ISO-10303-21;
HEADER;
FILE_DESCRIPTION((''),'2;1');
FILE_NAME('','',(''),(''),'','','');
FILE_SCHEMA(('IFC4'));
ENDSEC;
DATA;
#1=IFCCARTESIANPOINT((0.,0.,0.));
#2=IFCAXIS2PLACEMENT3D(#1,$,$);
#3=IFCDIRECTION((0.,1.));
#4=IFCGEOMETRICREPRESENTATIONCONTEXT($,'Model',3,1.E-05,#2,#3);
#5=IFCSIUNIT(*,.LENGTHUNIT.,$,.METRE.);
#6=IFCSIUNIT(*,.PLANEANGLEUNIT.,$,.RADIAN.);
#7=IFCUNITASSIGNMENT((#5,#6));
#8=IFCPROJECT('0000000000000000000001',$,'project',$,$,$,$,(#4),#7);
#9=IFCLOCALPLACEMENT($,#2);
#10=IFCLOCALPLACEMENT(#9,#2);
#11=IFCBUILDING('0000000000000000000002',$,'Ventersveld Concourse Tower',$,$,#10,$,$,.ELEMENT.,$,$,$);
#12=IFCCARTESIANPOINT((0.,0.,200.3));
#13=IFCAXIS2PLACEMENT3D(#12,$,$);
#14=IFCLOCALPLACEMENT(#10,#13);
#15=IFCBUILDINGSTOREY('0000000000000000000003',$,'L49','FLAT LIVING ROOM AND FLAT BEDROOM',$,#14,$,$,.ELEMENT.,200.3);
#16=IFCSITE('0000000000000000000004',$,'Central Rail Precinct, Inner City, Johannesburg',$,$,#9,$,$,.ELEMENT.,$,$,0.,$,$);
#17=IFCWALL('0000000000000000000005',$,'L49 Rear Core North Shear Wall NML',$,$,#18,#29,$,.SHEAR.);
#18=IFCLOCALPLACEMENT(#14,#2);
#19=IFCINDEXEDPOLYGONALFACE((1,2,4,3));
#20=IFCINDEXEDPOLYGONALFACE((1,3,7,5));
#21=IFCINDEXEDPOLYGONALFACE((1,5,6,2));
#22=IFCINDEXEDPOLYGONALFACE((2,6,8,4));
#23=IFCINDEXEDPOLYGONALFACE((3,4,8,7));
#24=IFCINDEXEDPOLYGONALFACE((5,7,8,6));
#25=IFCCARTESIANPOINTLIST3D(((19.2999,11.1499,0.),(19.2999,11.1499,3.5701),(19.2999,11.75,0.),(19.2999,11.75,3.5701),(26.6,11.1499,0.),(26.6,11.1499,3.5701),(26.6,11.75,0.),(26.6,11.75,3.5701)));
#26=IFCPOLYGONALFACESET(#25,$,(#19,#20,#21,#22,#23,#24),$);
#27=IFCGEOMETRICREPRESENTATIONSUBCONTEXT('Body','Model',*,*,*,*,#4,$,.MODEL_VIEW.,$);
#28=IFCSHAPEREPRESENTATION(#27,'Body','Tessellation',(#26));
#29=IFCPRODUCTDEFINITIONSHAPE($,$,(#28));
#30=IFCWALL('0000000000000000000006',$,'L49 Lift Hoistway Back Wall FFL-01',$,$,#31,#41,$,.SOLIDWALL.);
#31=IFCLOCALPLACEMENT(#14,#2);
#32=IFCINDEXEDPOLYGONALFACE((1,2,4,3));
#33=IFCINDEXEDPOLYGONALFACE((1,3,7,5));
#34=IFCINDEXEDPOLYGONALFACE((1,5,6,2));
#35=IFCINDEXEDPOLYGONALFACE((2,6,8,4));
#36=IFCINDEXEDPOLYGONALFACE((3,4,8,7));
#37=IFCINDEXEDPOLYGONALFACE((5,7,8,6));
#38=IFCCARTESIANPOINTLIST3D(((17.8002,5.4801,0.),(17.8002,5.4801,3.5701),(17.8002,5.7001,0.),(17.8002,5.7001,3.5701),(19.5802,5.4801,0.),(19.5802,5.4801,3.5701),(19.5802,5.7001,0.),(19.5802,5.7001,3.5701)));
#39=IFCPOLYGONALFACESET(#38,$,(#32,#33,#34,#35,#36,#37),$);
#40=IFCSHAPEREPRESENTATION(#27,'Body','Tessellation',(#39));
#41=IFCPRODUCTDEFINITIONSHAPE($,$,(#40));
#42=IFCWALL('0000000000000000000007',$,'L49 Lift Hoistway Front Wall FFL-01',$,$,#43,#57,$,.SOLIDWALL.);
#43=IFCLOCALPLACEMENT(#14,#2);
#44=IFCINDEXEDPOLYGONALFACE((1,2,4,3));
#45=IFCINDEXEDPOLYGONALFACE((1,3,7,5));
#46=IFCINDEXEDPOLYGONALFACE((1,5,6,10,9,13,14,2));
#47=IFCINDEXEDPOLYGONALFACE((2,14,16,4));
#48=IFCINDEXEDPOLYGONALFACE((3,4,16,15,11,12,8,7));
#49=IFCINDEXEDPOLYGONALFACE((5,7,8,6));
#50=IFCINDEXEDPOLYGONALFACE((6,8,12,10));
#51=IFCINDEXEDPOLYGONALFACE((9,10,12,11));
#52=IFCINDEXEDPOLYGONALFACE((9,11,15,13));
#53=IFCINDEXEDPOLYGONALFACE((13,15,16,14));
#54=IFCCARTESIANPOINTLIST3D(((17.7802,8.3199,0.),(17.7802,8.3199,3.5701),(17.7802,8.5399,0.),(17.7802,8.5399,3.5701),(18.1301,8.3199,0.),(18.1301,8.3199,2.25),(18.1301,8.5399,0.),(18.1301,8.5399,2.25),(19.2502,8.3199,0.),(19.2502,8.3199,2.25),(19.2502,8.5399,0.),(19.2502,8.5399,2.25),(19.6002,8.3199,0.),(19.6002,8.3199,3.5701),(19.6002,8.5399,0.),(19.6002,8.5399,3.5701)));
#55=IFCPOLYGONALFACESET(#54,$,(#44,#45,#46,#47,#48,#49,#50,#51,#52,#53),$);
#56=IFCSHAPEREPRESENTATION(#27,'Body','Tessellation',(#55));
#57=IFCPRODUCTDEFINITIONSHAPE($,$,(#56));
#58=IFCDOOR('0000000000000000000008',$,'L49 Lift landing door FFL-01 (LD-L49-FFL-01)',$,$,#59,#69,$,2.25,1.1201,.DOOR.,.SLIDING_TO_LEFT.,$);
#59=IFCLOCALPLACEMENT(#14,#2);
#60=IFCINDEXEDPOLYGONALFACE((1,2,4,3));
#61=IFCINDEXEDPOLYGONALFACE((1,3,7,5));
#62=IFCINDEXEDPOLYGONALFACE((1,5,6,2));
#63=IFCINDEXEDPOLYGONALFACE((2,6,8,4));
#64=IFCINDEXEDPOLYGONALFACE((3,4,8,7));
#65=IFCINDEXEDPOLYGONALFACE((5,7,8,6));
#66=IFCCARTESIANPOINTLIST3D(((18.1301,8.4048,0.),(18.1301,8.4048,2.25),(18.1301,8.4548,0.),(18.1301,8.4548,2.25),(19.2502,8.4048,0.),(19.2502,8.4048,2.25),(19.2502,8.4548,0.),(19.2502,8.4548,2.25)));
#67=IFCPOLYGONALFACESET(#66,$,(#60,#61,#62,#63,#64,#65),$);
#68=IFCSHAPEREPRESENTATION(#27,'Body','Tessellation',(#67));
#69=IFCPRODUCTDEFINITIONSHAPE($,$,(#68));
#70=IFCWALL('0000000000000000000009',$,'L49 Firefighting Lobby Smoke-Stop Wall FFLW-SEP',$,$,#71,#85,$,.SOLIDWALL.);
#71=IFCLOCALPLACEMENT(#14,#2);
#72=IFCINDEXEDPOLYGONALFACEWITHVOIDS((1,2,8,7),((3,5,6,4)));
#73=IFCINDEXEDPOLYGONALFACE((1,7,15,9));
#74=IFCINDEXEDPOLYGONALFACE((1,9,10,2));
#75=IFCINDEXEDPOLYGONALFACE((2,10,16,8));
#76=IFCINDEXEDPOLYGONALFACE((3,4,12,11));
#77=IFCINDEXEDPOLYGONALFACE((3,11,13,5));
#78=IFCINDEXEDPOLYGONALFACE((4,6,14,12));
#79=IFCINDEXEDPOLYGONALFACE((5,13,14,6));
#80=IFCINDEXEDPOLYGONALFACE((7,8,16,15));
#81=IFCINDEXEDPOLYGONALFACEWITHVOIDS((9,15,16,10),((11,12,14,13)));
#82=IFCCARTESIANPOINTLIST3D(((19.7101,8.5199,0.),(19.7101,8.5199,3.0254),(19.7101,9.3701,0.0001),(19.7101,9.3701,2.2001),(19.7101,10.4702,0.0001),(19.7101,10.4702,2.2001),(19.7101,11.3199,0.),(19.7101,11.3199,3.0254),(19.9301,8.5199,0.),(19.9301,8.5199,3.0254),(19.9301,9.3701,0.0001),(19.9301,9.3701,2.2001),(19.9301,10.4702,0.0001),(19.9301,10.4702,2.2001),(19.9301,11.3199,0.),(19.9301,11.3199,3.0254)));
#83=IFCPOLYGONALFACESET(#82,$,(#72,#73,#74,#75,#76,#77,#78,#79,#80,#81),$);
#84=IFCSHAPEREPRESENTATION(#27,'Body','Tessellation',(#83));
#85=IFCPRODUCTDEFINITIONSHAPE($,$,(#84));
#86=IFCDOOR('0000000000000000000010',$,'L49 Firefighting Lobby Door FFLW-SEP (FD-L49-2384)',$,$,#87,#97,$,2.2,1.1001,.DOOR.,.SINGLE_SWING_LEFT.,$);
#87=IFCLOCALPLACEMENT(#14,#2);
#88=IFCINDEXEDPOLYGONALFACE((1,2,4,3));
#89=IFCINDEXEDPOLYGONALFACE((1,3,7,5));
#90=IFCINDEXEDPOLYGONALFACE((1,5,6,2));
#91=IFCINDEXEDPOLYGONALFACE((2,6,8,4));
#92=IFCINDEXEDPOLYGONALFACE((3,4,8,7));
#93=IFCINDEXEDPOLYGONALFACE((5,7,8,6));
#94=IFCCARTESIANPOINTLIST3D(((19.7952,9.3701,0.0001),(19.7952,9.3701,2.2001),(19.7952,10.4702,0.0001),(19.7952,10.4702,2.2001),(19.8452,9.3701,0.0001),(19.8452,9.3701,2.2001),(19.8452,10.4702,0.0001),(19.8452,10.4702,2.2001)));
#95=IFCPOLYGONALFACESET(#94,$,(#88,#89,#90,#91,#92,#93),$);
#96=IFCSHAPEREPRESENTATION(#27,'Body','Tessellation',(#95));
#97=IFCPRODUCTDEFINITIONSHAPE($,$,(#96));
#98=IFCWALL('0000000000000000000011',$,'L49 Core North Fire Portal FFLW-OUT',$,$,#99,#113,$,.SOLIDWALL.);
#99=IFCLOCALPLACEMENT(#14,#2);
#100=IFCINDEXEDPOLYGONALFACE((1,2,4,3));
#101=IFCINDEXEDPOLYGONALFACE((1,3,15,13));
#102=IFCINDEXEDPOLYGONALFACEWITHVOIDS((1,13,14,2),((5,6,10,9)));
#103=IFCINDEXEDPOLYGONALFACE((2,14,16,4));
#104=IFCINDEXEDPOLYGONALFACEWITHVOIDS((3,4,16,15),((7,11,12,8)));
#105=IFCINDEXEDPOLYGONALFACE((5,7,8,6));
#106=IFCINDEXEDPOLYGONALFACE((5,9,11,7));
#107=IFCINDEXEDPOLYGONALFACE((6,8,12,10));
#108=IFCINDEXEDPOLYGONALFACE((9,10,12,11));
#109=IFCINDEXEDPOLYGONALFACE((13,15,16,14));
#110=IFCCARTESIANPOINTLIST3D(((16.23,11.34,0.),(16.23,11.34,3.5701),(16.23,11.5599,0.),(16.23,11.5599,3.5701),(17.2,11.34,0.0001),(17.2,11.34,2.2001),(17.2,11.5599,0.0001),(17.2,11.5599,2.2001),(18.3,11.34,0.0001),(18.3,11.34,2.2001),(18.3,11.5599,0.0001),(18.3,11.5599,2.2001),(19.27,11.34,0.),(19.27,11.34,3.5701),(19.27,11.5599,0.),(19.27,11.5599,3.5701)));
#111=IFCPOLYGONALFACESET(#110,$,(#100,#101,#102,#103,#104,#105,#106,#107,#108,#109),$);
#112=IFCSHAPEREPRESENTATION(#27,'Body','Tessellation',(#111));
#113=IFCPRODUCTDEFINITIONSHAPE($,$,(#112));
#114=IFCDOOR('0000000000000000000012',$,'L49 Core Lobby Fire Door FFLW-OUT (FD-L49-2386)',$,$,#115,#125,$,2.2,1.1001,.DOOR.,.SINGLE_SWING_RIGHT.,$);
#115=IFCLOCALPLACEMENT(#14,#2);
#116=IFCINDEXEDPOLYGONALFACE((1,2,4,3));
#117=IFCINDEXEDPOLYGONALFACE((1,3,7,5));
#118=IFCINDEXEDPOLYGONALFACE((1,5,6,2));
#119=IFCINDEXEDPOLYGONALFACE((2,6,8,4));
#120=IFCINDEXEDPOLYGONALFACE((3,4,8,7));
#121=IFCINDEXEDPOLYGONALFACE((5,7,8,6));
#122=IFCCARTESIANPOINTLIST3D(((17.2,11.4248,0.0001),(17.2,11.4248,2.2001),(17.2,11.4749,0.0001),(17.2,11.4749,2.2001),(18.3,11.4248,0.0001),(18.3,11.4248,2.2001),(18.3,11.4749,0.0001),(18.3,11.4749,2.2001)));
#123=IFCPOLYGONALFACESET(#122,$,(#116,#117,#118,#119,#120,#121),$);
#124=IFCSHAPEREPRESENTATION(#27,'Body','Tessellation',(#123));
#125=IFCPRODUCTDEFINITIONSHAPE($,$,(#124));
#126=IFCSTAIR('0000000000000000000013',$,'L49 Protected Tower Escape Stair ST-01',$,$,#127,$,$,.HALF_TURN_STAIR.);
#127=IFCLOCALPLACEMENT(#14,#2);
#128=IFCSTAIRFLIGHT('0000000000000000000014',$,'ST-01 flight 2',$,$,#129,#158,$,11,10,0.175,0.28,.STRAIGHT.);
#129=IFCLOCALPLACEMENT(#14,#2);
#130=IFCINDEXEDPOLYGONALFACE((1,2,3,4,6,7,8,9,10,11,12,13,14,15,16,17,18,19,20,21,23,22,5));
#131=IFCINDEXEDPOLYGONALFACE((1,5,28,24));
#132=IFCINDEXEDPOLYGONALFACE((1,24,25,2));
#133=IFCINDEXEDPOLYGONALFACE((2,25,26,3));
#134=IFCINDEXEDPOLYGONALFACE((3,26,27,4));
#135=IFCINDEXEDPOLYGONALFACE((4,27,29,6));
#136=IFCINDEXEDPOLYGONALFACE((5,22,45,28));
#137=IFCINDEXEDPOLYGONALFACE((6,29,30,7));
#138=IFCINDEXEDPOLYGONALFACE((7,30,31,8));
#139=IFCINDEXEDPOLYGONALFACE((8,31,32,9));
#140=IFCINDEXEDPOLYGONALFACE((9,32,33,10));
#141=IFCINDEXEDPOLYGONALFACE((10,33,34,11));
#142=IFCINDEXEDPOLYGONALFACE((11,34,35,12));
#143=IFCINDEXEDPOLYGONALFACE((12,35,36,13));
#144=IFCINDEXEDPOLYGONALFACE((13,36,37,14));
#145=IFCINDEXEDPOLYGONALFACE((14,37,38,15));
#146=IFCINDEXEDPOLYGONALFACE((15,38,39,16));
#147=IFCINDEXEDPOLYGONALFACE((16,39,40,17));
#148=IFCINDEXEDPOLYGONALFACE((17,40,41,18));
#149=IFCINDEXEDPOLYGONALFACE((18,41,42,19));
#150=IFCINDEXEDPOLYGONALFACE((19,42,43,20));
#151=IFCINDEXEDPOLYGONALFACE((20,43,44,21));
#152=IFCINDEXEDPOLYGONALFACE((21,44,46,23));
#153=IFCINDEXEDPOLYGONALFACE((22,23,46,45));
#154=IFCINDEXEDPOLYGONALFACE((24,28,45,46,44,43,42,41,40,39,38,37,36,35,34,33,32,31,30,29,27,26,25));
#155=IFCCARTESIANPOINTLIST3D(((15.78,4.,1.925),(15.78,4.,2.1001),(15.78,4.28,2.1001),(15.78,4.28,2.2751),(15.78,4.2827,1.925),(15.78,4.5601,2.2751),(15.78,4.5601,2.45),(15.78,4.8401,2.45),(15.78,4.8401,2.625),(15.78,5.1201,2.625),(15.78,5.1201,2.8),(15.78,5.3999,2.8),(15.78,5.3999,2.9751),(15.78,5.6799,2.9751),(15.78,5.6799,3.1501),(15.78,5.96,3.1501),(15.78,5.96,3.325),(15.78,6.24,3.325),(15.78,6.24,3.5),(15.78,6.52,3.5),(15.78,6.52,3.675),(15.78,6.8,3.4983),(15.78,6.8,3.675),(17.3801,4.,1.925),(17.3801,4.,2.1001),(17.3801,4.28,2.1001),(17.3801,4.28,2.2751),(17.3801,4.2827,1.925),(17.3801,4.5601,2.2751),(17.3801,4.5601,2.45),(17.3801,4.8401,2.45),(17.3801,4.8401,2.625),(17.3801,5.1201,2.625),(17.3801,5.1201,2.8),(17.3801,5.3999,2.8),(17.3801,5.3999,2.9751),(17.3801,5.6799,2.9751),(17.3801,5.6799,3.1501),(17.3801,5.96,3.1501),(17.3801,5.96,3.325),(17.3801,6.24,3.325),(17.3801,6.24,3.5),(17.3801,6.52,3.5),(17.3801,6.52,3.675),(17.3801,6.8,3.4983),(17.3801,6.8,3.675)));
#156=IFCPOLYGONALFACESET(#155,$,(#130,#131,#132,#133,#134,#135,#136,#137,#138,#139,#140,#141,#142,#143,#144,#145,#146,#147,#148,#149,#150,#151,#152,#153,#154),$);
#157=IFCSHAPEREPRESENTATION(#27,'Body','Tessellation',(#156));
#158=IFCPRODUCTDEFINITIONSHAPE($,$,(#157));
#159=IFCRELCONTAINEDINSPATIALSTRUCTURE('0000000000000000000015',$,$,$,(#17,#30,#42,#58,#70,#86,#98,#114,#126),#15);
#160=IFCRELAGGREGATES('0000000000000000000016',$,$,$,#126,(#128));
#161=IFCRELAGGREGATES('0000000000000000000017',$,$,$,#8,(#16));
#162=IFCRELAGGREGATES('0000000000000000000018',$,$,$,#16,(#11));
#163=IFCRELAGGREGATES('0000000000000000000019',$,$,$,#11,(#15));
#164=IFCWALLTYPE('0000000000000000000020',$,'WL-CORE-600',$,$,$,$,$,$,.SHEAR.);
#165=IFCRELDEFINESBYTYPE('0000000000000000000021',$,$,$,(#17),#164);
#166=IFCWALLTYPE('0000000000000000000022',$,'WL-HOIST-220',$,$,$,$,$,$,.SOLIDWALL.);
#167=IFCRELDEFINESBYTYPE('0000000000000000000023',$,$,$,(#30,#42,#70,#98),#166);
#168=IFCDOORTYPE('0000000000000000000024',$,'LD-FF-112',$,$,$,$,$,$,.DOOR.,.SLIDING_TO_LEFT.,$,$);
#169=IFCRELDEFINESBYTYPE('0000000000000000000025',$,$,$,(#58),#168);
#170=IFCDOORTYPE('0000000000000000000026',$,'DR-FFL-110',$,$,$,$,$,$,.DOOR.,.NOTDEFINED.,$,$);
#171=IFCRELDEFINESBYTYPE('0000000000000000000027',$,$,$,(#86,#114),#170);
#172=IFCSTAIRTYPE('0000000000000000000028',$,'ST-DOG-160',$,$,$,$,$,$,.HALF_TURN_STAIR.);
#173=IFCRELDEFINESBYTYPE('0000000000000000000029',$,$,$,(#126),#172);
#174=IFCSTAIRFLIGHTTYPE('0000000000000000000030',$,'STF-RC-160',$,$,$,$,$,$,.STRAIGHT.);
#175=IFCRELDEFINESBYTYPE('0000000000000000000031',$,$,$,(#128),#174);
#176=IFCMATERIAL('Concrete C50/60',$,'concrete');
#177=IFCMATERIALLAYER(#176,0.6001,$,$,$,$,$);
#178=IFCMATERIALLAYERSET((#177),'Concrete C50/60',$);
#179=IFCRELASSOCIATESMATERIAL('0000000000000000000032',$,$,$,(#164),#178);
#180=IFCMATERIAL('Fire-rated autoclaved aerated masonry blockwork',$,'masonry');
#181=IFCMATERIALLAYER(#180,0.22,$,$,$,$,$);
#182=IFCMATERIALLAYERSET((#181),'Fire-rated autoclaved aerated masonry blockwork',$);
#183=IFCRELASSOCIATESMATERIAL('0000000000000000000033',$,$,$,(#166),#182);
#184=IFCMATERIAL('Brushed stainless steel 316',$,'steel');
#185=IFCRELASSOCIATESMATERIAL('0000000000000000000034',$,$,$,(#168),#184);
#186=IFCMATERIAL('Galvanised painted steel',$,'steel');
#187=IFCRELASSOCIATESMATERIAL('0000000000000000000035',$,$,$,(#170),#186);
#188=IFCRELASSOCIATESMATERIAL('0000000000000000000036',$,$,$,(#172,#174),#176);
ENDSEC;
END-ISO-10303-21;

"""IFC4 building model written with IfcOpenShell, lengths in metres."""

from ifc_helpers import new_model, si_unit, direction, frame, frame_2d, origin, place, context, subcontext, project, spatial, polyline, rectangle, outline, extrude, material, layer, layer_set, type_object, element, fill, aggregate, save


model = new_model("IFC4")

# Units and contexts
model_context = context("Model", 3, precision=1e-05, world=origin(), true_north=direction((0.0, 1.0)))
body_context = subcontext(model_context, "Body", "Model", "MODEL_VIEW")
ifc_project = project(units=[si_unit("LENGTHUNIT", "METRE"), si_unit("PLANEANGLEUNIT", "RADIAN")], contexts=[model_context])

# Site, building, storey
site_placement = place(None, origin())
site = spatial("IfcSite", under=ifc_project, at=site_placement, Name="Central Rail Precinct, Inner City, Johannesburg", CompositionType="ELEMENT", RefElevation=0.0)
building_placement = place(site_placement, origin())
building = spatial("IfcBuilding", under=site, at=building_placement, Name="Ventersveld Concourse Tower", CompositionType="ELEMENT")
storey_placement = place(building_placement, frame((0.0, 0.0, 200.3)))
storey = spatial("IfcBuildingStorey", under=building, at=storey_placement, Name="L49", Description="FLAT LIVING ROOM AND FLAT BEDROOM", CompositionType="ELEMENT", Elevation=200.3)

# Shared definitions
ifc_material_1 = material(Name="Concrete C50/60", Category="concrete")

# Walls
ifc_layer_1 = layer(ifc_material_1, 0.6001)
ifc_layer_set_1 = layer_set([ifc_layer_1], Name="Concrete C50/60")
wall_type_1 = type_object("IfcWallType", Name="WL-CORE-600", PredefinedType="SHEAR", material=ifc_layer_set_1)
wall_1_placement = place(storey_placement, frame((19.3, 11.45, 0.0), z_axis=(0.0, 0.0, 1.0), x_axis=(1.0, 0.0, 0.0)))
element("IfcWall", 1, at=wall_1_placement, inside=storey, type_object=wall_type_1, Name="L49 Rear Core North Shear Wall NML", PredefinedType="SHEAR", context=body_context, shape_type="SweptSolid", body=[
    extrude(rectangle(XDim=7.3, YDim=0.6001, at=frame_2d((3.6499, 0.0))), origin(), (0.0, 0.0, 1.0), 3.5701),
])
ifc_material_2 = material(Name="Fire-rated autoclaved aerated masonry blockwork", Category="masonry")
ifc_layer_2 = layer(ifc_material_2, 0.22)
ifc_layer_set_2 = layer_set([ifc_layer_2], Name="Fire-rated autoclaved aerated masonry blockwork")
wall_type_2 = type_object("IfcWallType", Name="WL-HOIST-220", PredefinedType="SOLIDWALL", material=ifc_layer_set_2)
wall_2_placement = place(storey_placement, frame((17.8, 5.5901, 0.0), z_axis=(0.0, 0.0, 1.0), x_axis=(1.0, 0.0, 0.0)))
element("IfcWall", 2, at=wall_2_placement, inside=storey, type_object=wall_type_2, Name="L49 Lift Hoistway Back Wall FFL-01", PredefinedType="SOLIDWALL", context=body_context, shape_type="SweptSolid", body=[
    extrude(rectangle(XDim=1.78, YDim=0.22, at=frame_2d((0.8901, 0.0))), origin(), (0.0, 0.0, 1.0), 3.5701),
])

# Walls, openings, doors
wall_3_placement = place(storey_placement, frame((17.78, 8.4299, 0.0), z_axis=(0.0, 0.0, 1.0), x_axis=(1.0, 0.0, 0.0)))
wall_3 = element("IfcWall", 3, at=wall_3_placement, inside=storey, type_object=wall_type_2, Name="L49 Lift Hoistway Front Wall FFL-01", PredefinedType="SOLIDWALL", context=body_context, shape_type="SweptSolid", body=[
    extrude(rectangle(XDim=1.8201, YDim=0.22, at=frame_2d((0.9102, 0.0))), origin(), (0.0, 0.0, 1.0), 3.5701),
])
opening_1_placement = place(wall_3_placement, frame((0.3501, 0.0, 0.0)))
opening_1 = element("IfcOpeningElement", 4, at=opening_1_placement, cuts=wall_3, PredefinedType="OPENING", context=body_context, shape_type="SweptSolid", body=[
    extrude(rectangle(XDim=1.1201, YDim=2.25, at=frame_2d((0.5601, 1.125))), frame((0.0, 0.1201, 0.0), z_axis=(0.0, -1.0, 0.0), x_axis=(1.0, 0.0, 0.0)), (0.0, 0.0, 1.0), 0.24),
])
ifc_material_3 = material(Name="Brushed stainless steel 316", Category="steel")
door_type_1 = type_object("IfcDoorType", Name="LD-FF-112", OperationType="SLIDING_TO_LEFT", PredefinedType="DOOR", material=ifc_material_3)
door_1_placement = place(opening_1_placement, origin())
door_1 = element("IfcDoor", 5, at=door_1_placement, inside=storey, type_object=door_type_1, Name="L49 Lift landing door FFL-01 (LD-L49-FFL-01)", OperationType="SLIDING_TO_LEFT", OverallHeight=2.25, OverallWidth=1.1201, PredefinedType="DOOR", context=body_context, shape_type="SweptSolid", body=[
    extrude(rectangle(XDim=1.1201, YDim=2.25, at=frame_2d((0.5601, 1.125))), frame((0.0, 0.0249, 0.0), z_axis=(0.0, -1.0, 0.0), x_axis=(1.0, 0.0, 0.0)), (0.0, 0.0, 1.0), 0.05),
])
fill(opening_1, door_1)
wall_4_placement = place(storey_placement, frame((19.8201, 8.52, 0.0), z_axis=(0.0, 0.0, 1.0), x_axis=(0.0, 1.0, 0.0)))
wall_4 = element("IfcWall", 6, at=wall_4_placement, inside=storey, type_object=wall_type_2, Name="L49 Firefighting Lobby Smoke-Stop Wall FFLW-SEP", PredefinedType="SOLIDWALL", context=body_context, shape_type="SweptSolid", body=[
    extrude(rectangle(XDim=2.8, YDim=0.22, at=frame_2d((1.3999, 0.0))), origin(), (0.0, 0.0, 1.0), 3.0254),
])
opening_2_placement = place(wall_4_placement, frame((0.8501, 0.0, 0.0)))
opening_2 = element("IfcOpeningElement", 7, at=opening_2_placement, cuts=wall_4, PredefinedType="OPENING", context=body_context, shape_type="SweptSolid", body=[
    extrude(rectangle(XDim=1.1001, YDim=2.2, at=frame_2d((0.55, 1.1001))), frame((0.0, 0.1201, 0.0), z_axis=(0.0, -1.0, 0.0), x_axis=(1.0, 0.0, 0.0)), (0.0, 0.0, 1.0), 0.24),
])
ifc_material_4 = material(Name="Galvanised painted steel", Category="steel")
door_type_2 = type_object("IfcDoorType", Name="DR-FFL-110", OperationType="NOTDEFINED", PredefinedType="DOOR", material=ifc_material_4)
door_2_placement = place(opening_2_placement, origin())
door_2 = element("IfcDoor", 8, at=door_2_placement, inside=storey, type_object=door_type_2, Name="L49 Firefighting Lobby Door FFLW-SEP (FD-L49-2384)", OperationType="SINGLE_SWING_LEFT", OverallHeight=2.2, OverallWidth=1.1001, PredefinedType="DOOR", context=body_context, shape_type="SweptSolid", body=[
    extrude(rectangle(XDim=1.1001, YDim=2.2, at=frame_2d((0.55, 1.1001))), frame((0.0, 0.0249, 0.0), z_axis=(0.0, -1.0, 0.0), x_axis=(1.0, 0.0, 0.0)), (0.0, 0.0, 1.0), 0.05),
])
fill(opening_2, door_2)
wall_5_placement = place(storey_placement, frame((16.23, 11.45, 0.0), z_axis=(0.0, 0.0, 1.0), x_axis=(1.0, 0.0, 0.0)))
wall_5 = element("IfcWall", 9, at=wall_5_placement, inside=storey, type_object=wall_type_2, Name="L49 Core North Fire Portal FFLW-OUT", PredefinedType="SOLIDWALL", context=body_context, shape_type="SweptSolid", body=[
    extrude(rectangle(XDim=3.04, YDim=0.22, at=frame_2d((1.52, 0.0))), origin(), (0.0, 0.0, 1.0), 3.5701),
])
opening_3_placement = place(wall_5_placement, frame((0.97, 0.0, 0.0)))
opening_3 = element("IfcOpeningElement", 10, at=opening_3_placement, cuts=wall_5, PredefinedType="OPENING", context=body_context, shape_type="SweptSolid", body=[
    extrude(rectangle(XDim=1.1001, YDim=2.2, at=frame_2d((0.55, 1.1001))), frame((0.0, 0.1201, 0.0), z_axis=(0.0, -1.0, 0.0), x_axis=(1.0, 0.0, 0.0)), (0.0, 0.0, 1.0), 0.24),
])
door_3_placement = place(opening_3_placement, origin())
door_3 = element("IfcDoor", 11, at=door_3_placement, inside=storey, type_object=door_type_2, Name="L49 Core Lobby Fire Door FFLW-OUT (FD-L49-2386)", OperationType="SINGLE_SWING_RIGHT", OverallHeight=2.2, OverallWidth=1.1001, PredefinedType="DOOR", context=body_context, shape_type="SweptSolid", body=[
    extrude(rectangle(XDim=1.1001, YDim=2.2, at=frame_2d((0.55, 1.1001))), frame((0.0, 0.0249, 0.0), z_axis=(0.0, -1.0, 0.0), x_axis=(1.0, 0.0, 0.0)), (0.0, 0.0, 1.0), 0.05),
])
fill(opening_3, door_3)

# Stair, stair flight
stair_type = type_object("IfcStairType", Name="ST-DOG-160", PredefinedType="HALF_TURN_STAIR", material=ifc_material_1)
stair_placement = place(storey_placement, origin())
stair = element("IfcStair", 12, at=stair_placement, inside=storey, type_object=stair_type, Name="L49 Protected Tower Escape Stair ST-01", PredefinedType="HALF_TURN_STAIR")
stair_flight_type = type_object("IfcStairFlightType", Name="STF-RC-160", PredefinedType="STRAIGHT", material=ifc_material_1)
stair_flight_placement = place(storey_placement, frame((16.5801, 4.0, 1.925), z_axis=(0.0, 0.0, 1.0), x_axis=(0.0, 1.0, 0.0)))
stair_flight = element("IfcStairFlight", 13, at=stair_flight_placement, type_object=stair_flight_type, Name="ST-01 flight 2", NumberOfRisers=11, NumberOfTreads=10, PredefinedType="STRAIGHT", RiserHeight=0.175, TreadLength=0.28, context=body_context, shape_type="SweptSolid", body=[
    extrude(outline(polyline([(0.0, 0.0), (0.0, 0.175), (0.28, 0.175), (0.28, 0.3501), (0.5601, 0.3501), (0.5601, 0.5249), (0.8401, 0.5249), (0.8401, 0.7), (1.1201, 0.7), (1.1201, 0.875), (1.3999, 0.875), (1.3999, 1.05), (1.6799, 1.05), (1.6799, 1.2251), (1.96, 1.2251), (1.96, 1.3999), (2.24, 1.3999), (2.24, 1.575), (2.52, 1.575), (2.52, 1.75), (2.8, 1.75), (2.8, 1.925), (2.8, 1.5732), (0.2827, 0.0), (0.0, 0.0)])), frame((0.0, 0.8, 0.0), z_axis=(0.0, -1.0, 0.0), x_axis=(1.0, 0.0, 0.0)), (0.0, 0.0, 1.0), 1.6001),
])
aggregate(stair, [stair_flight])

save(model, "model.ifc")
